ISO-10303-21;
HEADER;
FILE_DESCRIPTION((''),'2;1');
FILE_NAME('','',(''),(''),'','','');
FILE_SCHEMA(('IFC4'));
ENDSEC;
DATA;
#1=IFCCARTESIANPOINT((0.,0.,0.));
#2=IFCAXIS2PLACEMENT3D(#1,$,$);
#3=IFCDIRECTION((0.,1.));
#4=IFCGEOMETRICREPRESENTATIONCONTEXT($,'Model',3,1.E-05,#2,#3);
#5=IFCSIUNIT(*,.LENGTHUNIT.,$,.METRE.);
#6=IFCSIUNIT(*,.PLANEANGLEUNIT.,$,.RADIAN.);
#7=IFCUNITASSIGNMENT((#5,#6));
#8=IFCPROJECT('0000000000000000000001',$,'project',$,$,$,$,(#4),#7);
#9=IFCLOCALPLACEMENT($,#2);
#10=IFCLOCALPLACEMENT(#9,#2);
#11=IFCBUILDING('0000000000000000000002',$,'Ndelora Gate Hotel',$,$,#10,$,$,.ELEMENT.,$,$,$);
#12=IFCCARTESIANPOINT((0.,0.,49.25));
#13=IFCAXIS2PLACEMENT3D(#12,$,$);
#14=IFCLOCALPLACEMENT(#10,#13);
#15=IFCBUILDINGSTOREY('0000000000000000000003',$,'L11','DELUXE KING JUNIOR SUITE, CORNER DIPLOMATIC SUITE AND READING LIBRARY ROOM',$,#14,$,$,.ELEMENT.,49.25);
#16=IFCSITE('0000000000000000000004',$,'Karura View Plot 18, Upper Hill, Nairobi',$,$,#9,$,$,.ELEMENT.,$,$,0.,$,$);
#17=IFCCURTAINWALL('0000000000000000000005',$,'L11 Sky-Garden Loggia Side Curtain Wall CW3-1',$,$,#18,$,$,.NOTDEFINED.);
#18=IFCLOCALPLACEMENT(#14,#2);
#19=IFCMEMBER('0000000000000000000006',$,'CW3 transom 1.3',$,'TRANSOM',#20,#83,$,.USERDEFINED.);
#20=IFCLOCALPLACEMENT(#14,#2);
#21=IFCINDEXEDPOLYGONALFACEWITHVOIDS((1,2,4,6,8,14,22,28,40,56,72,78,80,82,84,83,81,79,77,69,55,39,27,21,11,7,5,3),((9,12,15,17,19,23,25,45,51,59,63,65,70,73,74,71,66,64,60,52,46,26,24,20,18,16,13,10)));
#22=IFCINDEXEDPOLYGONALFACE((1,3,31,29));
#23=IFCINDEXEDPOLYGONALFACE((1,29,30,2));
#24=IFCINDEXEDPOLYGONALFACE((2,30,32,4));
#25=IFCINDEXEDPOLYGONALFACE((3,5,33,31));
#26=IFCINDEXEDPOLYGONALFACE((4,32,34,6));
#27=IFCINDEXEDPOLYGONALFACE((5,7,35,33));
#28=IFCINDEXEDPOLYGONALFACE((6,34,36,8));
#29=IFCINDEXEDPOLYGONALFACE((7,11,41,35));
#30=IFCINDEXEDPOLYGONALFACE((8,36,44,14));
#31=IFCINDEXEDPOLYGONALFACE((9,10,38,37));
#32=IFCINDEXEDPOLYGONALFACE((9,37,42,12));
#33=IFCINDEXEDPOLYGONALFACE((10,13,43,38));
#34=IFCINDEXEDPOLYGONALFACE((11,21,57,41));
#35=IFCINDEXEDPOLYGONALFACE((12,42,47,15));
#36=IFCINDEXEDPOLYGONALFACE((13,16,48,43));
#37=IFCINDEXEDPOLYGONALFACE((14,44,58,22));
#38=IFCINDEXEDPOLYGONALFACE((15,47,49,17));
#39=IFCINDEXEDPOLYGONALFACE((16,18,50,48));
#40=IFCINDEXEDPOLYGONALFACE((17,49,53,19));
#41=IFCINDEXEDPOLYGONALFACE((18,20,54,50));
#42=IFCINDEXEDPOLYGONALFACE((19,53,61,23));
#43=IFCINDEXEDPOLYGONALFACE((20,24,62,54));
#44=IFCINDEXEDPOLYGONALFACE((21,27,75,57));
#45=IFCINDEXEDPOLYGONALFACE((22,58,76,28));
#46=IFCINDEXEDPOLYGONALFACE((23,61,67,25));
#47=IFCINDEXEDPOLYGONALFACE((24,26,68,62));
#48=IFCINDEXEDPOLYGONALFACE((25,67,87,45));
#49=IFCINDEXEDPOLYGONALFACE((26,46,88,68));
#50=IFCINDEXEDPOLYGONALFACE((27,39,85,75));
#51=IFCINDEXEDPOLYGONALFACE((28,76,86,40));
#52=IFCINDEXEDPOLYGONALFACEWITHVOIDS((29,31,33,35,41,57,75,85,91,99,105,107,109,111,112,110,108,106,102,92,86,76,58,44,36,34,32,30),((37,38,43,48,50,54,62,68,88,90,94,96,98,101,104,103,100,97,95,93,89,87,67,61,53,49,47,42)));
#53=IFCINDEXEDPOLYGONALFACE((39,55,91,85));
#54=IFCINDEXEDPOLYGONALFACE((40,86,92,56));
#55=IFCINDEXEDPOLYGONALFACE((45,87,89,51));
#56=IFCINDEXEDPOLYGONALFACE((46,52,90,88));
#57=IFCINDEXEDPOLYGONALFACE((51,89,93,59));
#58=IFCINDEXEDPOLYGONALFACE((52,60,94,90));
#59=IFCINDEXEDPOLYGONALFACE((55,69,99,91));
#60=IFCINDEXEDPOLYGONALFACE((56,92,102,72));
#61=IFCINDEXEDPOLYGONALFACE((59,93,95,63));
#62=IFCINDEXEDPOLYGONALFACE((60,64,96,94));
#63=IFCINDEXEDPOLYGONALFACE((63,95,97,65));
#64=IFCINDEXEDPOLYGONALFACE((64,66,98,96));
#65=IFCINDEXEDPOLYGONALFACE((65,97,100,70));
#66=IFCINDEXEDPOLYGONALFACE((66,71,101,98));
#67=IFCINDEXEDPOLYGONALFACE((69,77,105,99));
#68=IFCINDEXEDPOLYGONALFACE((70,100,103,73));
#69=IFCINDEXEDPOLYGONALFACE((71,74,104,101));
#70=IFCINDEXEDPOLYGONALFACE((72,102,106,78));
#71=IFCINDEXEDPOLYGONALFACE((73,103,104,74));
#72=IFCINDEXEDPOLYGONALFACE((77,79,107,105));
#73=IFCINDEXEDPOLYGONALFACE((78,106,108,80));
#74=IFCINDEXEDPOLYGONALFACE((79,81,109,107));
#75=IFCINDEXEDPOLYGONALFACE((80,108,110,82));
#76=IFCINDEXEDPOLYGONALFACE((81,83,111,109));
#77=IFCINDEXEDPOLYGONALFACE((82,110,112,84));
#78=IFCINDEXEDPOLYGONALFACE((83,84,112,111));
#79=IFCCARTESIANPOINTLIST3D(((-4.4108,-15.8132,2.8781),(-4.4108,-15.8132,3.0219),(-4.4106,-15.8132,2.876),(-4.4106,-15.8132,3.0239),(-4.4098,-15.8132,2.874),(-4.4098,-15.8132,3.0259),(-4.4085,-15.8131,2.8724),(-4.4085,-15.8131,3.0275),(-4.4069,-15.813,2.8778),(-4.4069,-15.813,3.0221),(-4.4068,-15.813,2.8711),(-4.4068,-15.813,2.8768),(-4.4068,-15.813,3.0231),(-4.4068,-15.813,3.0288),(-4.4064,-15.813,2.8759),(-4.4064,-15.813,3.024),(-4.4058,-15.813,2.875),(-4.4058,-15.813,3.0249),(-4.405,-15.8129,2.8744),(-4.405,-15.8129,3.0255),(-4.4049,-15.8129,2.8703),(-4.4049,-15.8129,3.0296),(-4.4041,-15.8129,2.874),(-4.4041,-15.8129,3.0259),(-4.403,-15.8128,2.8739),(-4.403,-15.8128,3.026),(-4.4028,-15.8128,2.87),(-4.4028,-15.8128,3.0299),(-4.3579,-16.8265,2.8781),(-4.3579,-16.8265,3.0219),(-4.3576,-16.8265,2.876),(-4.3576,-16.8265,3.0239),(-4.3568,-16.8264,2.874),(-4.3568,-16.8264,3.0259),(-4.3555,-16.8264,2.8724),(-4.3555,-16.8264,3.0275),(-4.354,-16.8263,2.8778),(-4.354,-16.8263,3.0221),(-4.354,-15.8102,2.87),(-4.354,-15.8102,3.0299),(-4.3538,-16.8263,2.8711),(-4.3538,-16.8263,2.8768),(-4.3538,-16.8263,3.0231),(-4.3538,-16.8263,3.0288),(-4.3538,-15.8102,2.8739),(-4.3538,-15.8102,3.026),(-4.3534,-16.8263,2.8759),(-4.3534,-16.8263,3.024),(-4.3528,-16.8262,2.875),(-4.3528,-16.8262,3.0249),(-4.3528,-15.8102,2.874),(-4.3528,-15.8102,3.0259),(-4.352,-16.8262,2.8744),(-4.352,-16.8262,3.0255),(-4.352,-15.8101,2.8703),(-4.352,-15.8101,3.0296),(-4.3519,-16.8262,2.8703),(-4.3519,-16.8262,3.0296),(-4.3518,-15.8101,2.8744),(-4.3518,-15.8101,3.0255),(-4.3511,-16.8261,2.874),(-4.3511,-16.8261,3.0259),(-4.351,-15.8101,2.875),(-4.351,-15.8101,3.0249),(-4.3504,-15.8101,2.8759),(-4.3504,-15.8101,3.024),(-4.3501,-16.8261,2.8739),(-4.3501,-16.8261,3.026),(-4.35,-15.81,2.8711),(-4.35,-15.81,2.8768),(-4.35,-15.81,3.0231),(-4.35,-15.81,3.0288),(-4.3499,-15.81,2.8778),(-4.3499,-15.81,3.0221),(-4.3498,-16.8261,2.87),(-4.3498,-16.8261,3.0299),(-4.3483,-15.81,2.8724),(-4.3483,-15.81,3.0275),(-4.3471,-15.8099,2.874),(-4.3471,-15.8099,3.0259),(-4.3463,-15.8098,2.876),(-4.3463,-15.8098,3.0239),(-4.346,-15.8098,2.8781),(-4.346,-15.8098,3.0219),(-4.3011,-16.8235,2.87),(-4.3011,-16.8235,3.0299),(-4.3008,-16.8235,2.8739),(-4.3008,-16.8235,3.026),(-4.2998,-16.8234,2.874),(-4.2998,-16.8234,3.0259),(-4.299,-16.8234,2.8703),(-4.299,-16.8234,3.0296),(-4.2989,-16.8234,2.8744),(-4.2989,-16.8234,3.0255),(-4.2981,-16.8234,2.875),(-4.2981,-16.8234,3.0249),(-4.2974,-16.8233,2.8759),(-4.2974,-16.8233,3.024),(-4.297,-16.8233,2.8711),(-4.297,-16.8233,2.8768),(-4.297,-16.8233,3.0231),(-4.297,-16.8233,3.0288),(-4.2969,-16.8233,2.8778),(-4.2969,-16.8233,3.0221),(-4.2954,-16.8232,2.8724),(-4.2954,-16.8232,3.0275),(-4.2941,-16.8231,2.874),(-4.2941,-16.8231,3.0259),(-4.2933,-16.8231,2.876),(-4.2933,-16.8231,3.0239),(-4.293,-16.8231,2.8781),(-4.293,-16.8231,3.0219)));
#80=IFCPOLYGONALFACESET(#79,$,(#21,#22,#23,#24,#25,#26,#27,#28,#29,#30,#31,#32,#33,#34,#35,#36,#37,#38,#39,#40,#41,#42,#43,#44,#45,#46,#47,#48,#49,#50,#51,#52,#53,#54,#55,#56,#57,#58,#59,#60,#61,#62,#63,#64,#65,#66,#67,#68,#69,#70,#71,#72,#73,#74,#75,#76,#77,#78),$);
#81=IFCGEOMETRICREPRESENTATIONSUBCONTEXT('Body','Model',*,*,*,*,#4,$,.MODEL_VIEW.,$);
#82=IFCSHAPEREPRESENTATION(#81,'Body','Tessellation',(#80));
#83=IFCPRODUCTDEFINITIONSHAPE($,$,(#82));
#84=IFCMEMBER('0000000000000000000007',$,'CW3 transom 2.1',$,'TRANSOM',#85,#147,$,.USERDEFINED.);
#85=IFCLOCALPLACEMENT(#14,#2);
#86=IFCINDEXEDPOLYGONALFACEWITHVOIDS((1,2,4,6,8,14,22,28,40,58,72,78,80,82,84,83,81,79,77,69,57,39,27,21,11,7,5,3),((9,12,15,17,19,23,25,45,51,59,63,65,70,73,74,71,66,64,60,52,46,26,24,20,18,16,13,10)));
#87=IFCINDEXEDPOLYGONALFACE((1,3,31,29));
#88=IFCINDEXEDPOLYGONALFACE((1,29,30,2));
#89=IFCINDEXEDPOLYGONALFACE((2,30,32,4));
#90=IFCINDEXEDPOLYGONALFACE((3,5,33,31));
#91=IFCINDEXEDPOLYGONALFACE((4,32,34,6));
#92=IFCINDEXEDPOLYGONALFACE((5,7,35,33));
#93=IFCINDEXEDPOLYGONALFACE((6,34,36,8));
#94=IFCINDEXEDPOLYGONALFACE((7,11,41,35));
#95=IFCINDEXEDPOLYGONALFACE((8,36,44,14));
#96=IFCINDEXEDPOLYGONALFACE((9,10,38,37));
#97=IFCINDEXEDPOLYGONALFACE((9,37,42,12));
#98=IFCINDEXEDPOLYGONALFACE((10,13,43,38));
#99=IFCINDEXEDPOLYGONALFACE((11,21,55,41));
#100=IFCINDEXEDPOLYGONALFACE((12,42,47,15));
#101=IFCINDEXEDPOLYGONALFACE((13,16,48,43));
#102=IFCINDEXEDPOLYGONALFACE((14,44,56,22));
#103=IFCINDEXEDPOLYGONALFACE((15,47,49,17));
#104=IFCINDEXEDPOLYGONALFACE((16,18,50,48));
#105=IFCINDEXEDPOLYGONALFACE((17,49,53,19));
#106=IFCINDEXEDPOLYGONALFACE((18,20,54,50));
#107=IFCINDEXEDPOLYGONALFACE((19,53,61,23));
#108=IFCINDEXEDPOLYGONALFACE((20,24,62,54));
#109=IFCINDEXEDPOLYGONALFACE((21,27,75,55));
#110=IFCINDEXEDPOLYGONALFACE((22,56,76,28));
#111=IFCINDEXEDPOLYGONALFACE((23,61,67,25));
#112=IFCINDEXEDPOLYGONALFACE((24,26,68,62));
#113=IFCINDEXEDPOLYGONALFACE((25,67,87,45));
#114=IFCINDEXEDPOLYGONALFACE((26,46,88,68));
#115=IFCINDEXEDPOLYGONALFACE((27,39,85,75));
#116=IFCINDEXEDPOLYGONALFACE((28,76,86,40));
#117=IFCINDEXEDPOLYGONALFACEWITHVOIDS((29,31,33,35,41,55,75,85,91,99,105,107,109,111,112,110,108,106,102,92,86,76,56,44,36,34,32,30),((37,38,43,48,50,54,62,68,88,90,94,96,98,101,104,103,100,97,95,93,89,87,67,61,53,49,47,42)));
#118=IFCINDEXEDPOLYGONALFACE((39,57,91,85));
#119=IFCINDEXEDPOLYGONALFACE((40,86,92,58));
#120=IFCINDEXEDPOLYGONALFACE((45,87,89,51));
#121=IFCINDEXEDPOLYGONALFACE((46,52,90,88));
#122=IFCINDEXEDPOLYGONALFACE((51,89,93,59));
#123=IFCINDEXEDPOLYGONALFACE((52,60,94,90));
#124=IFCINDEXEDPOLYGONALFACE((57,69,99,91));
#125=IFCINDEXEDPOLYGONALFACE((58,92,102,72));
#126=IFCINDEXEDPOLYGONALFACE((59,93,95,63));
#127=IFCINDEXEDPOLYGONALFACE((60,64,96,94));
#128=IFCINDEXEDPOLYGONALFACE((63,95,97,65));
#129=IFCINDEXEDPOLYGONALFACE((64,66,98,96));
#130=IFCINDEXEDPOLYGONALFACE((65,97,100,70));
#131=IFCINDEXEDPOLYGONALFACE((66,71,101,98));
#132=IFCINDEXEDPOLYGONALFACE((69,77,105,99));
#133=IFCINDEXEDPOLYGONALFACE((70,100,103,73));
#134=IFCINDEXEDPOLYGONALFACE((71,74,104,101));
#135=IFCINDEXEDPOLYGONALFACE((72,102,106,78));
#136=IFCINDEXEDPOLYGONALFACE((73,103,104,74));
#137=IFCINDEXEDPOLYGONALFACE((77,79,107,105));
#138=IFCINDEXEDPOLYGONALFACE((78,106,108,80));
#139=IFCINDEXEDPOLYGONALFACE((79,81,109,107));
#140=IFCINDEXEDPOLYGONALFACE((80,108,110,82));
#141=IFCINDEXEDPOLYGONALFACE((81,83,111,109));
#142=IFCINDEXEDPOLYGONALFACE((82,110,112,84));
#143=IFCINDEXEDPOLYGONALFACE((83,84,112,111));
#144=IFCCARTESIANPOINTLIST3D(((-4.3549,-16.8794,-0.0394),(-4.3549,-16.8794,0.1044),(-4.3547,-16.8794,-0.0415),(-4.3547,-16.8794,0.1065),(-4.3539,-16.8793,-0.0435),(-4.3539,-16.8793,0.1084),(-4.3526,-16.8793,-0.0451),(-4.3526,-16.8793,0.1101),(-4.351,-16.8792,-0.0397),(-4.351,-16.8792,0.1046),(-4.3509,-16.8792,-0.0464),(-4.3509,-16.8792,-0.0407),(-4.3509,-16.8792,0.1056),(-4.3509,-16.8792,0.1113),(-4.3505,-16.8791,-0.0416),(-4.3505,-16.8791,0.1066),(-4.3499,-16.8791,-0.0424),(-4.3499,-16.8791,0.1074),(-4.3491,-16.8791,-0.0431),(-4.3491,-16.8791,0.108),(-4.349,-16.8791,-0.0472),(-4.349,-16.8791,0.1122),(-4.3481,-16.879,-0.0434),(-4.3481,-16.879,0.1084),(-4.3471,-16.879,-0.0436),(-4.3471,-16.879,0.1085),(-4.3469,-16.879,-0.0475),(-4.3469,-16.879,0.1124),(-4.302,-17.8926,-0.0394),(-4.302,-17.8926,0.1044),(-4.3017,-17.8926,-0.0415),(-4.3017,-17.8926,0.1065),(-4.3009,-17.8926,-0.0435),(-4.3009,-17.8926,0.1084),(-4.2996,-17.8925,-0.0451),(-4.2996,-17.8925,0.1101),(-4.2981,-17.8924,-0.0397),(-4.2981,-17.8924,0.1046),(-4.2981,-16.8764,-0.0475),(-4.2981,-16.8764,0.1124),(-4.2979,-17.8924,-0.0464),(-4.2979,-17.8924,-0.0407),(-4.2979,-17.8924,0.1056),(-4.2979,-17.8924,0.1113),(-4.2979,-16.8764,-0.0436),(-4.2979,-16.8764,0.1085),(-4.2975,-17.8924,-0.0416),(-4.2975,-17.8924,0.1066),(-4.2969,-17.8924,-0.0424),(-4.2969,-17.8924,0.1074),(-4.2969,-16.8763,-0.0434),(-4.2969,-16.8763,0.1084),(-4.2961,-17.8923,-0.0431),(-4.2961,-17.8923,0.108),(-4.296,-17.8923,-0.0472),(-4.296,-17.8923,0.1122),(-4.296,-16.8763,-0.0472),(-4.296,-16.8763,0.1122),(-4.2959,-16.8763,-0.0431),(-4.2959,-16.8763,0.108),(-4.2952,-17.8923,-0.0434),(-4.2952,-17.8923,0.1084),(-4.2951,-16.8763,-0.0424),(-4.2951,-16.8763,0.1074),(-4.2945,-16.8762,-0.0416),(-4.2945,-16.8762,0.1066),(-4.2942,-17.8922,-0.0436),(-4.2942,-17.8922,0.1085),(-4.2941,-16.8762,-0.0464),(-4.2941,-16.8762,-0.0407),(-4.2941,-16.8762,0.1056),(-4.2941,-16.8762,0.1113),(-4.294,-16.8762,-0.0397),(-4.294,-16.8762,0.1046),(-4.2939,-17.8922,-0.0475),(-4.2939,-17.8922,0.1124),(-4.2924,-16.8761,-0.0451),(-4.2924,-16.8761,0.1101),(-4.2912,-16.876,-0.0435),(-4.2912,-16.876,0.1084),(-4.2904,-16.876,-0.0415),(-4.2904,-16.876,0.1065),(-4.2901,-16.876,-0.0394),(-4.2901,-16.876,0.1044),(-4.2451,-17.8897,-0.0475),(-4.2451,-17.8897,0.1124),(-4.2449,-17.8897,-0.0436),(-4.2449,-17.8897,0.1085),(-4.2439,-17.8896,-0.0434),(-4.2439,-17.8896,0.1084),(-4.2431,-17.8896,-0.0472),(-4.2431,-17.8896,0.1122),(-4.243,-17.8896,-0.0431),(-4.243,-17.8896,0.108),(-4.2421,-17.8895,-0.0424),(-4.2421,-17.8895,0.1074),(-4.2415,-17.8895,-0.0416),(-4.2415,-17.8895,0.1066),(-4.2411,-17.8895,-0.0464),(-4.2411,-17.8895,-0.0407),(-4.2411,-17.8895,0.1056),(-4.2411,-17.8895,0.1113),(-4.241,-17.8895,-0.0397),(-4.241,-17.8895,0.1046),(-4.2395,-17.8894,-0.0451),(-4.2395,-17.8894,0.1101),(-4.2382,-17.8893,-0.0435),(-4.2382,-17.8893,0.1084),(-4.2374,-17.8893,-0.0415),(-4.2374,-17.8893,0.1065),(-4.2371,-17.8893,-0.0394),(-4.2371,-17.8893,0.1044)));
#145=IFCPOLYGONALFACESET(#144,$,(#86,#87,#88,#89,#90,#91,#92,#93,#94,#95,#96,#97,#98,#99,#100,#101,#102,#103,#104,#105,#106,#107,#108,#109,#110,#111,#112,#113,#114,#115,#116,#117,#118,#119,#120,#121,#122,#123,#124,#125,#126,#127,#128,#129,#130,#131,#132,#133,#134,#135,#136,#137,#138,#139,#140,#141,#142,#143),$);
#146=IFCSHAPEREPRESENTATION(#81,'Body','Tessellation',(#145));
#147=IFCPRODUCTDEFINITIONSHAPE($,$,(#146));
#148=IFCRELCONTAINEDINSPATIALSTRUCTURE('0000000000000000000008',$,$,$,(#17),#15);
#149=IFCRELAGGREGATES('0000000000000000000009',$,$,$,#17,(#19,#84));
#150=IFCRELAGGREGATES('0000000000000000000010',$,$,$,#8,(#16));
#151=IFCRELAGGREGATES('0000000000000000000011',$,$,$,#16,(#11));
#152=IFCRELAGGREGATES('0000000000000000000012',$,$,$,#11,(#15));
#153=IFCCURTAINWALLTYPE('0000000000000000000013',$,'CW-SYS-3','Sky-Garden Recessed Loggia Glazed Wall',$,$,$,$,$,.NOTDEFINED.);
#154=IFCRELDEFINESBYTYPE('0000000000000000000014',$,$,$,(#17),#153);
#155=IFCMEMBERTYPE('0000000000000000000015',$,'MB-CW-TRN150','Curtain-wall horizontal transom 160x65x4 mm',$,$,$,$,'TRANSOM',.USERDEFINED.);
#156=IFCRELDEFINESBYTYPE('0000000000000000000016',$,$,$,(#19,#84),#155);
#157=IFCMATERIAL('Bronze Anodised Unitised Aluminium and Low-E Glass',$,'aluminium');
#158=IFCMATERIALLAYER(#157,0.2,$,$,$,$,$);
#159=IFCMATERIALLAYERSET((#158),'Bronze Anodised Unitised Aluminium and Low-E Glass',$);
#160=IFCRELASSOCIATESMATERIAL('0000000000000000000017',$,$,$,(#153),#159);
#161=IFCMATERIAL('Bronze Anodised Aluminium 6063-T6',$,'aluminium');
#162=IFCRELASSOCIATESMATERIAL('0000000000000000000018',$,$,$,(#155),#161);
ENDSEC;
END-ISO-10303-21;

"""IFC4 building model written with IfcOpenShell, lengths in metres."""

from ifc_helpers import new_model, si_unit, direction, frame, origin, origin_2d, place, context, subcontext, project, spatial, hollow_rectangle, extrude, material, layer, layer_set, material_profile, profile_set, type_object, element, aggregate, save


model = new_model("IFC4")

# Units and contexts
model_context = context("Model", 3, precision=1e-05, world=origin(), true_north=direction((0.0, 1.0)))
body_context = subcontext(model_context, "Body", "Model", "MODEL_VIEW")
ifc_project = project(units=[si_unit("LENGTHUNIT", "METRE"), si_unit("PLANEANGLEUNIT", "RADIAN")], contexts=[model_context])

# Site, building, storey
site_placement = place(None, origin())
site = spatial("IfcSite", under=ifc_project, at=site_placement, Name="Karura View Plot 18, Upper Hill, Nairobi", CompositionType="ELEMENT", RefElevation=0.0)
building_placement = place(site_placement, origin())
building = spatial("IfcBuilding", under=site, at=building_placement, Name="Ndelora Gate Hotel", CompositionType="ELEMENT")
storey_placement = place(building_placement, frame((0.0, 0.0, 49.25)))
storey = spatial("IfcBuildingStorey", under=building, at=storey_placement, Name="L11", Description="DELUXE KING JUNIOR SUITE, CORNER DIPLOMATIC SUITE AND READING LIBRARY ROOM", CompositionType="ELEMENT", Elevation=49.25)

# Curtain wall, members
ifc_material_1 = material(Name="Bronze Anodised Unitised Aluminium and Low-E Glass", Category="aluminium")
ifc_layer_1 = layer(ifc_material_1, 0.2)
ifc_layer_set_1 = layer_set([ifc_layer_1], Name="Bronze Anodised Unitised Aluminium and Low-E Glass")
curtain_wall_type = type_object("IfcCurtainWallType", Name="CW-SYS-3", Description="Sky-Garden Recessed Loggia Glazed Wall", PredefinedType="NOTDEFINED", material=ifc_layer_set_1)
curtain_wall_placement = place(storey_placement, origin())
curtain_wall = element("IfcCurtainWall", 1, at=curtain_wall_placement, inside=storey, type_object=curtain_wall_type, Name="L11 Sky-Garden Loggia Side Curtain Wall CW3-1", PredefinedType="NOTDEFINED")
ifc_material_2 = material(Name="Bronze Anodised Aluminium 6063-T6", Category="aluminium")
ifc_material_profile_1 = material_profile(ifc_material_2, hollow_rectangle(XDim=0.0649, YDim=0.1599, WallThickness=0.0039, InnerFilletRadius=0.0039, OuterFilletRadius=0.0081, at=origin_2d()), Name="ALU 160x65x4")
ifc_profile_set_1 = profile_set([ifc_material_profile_1], Name="Bronze Anodised Aluminium 6063-T6")
member_type_1 = type_object("IfcMemberType", Name="MB-CW-TRN150", Description="Curtain-wall horizontal transom 160x65x4 mm", ElementType="TRANSOM", PredefinedType="USERDEFINED", material=ifc_profile_set_1)
member_1_placement = place(storey_placement, frame((-4.3784, -15.8115, 2.95), z_axis=(0.052218, -0.998636, 0.0), x_axis=(0.998636, 0.052218, 0.0)))
member_1 = element("IfcMember", 2, at=member_1_placement, type_object=member_type_1, Name="CW3 transom 1.3", ObjectType="TRANSOM", PredefinedType="USERDEFINED", context=body_context, shape_type="SweptSolid", body=[
    extrude(hollow_rectangle(XDim=0.0649, YDim=0.1599, WallThickness=0.0039, InnerFilletRadius=0.0039, OuterFilletRadius=0.0081, at=origin_2d()), origin(), (0.0, 0.0, 1.0), 1.0146),
])
member_2_placement = place(storey_placement, frame((-4.3225, -16.8777, 0.0325), z_axis=(0.052218, -0.998636, 0.0), x_axis=(0.998636, 0.052218, 0.0)))
member_2 = element("IfcMember", 3, at=member_2_placement, type_object=member_type_1, Name="CW3 transom 2.1", ObjectType="TRANSOM", PredefinedType="USERDEFINED", context=body_context, shape_type="SweptSolid", body=[
    extrude(hollow_rectangle(XDim=0.0649, YDim=0.1599, WallThickness=0.0039, InnerFilletRadius=0.0039, OuterFilletRadius=0.0081, at=origin_2d()), origin(), (0.0, 0.0, 1.0), 1.0146),
])
aggregate(curtain_wall, [member_1, member_2])

save(model, "model.ifc")
